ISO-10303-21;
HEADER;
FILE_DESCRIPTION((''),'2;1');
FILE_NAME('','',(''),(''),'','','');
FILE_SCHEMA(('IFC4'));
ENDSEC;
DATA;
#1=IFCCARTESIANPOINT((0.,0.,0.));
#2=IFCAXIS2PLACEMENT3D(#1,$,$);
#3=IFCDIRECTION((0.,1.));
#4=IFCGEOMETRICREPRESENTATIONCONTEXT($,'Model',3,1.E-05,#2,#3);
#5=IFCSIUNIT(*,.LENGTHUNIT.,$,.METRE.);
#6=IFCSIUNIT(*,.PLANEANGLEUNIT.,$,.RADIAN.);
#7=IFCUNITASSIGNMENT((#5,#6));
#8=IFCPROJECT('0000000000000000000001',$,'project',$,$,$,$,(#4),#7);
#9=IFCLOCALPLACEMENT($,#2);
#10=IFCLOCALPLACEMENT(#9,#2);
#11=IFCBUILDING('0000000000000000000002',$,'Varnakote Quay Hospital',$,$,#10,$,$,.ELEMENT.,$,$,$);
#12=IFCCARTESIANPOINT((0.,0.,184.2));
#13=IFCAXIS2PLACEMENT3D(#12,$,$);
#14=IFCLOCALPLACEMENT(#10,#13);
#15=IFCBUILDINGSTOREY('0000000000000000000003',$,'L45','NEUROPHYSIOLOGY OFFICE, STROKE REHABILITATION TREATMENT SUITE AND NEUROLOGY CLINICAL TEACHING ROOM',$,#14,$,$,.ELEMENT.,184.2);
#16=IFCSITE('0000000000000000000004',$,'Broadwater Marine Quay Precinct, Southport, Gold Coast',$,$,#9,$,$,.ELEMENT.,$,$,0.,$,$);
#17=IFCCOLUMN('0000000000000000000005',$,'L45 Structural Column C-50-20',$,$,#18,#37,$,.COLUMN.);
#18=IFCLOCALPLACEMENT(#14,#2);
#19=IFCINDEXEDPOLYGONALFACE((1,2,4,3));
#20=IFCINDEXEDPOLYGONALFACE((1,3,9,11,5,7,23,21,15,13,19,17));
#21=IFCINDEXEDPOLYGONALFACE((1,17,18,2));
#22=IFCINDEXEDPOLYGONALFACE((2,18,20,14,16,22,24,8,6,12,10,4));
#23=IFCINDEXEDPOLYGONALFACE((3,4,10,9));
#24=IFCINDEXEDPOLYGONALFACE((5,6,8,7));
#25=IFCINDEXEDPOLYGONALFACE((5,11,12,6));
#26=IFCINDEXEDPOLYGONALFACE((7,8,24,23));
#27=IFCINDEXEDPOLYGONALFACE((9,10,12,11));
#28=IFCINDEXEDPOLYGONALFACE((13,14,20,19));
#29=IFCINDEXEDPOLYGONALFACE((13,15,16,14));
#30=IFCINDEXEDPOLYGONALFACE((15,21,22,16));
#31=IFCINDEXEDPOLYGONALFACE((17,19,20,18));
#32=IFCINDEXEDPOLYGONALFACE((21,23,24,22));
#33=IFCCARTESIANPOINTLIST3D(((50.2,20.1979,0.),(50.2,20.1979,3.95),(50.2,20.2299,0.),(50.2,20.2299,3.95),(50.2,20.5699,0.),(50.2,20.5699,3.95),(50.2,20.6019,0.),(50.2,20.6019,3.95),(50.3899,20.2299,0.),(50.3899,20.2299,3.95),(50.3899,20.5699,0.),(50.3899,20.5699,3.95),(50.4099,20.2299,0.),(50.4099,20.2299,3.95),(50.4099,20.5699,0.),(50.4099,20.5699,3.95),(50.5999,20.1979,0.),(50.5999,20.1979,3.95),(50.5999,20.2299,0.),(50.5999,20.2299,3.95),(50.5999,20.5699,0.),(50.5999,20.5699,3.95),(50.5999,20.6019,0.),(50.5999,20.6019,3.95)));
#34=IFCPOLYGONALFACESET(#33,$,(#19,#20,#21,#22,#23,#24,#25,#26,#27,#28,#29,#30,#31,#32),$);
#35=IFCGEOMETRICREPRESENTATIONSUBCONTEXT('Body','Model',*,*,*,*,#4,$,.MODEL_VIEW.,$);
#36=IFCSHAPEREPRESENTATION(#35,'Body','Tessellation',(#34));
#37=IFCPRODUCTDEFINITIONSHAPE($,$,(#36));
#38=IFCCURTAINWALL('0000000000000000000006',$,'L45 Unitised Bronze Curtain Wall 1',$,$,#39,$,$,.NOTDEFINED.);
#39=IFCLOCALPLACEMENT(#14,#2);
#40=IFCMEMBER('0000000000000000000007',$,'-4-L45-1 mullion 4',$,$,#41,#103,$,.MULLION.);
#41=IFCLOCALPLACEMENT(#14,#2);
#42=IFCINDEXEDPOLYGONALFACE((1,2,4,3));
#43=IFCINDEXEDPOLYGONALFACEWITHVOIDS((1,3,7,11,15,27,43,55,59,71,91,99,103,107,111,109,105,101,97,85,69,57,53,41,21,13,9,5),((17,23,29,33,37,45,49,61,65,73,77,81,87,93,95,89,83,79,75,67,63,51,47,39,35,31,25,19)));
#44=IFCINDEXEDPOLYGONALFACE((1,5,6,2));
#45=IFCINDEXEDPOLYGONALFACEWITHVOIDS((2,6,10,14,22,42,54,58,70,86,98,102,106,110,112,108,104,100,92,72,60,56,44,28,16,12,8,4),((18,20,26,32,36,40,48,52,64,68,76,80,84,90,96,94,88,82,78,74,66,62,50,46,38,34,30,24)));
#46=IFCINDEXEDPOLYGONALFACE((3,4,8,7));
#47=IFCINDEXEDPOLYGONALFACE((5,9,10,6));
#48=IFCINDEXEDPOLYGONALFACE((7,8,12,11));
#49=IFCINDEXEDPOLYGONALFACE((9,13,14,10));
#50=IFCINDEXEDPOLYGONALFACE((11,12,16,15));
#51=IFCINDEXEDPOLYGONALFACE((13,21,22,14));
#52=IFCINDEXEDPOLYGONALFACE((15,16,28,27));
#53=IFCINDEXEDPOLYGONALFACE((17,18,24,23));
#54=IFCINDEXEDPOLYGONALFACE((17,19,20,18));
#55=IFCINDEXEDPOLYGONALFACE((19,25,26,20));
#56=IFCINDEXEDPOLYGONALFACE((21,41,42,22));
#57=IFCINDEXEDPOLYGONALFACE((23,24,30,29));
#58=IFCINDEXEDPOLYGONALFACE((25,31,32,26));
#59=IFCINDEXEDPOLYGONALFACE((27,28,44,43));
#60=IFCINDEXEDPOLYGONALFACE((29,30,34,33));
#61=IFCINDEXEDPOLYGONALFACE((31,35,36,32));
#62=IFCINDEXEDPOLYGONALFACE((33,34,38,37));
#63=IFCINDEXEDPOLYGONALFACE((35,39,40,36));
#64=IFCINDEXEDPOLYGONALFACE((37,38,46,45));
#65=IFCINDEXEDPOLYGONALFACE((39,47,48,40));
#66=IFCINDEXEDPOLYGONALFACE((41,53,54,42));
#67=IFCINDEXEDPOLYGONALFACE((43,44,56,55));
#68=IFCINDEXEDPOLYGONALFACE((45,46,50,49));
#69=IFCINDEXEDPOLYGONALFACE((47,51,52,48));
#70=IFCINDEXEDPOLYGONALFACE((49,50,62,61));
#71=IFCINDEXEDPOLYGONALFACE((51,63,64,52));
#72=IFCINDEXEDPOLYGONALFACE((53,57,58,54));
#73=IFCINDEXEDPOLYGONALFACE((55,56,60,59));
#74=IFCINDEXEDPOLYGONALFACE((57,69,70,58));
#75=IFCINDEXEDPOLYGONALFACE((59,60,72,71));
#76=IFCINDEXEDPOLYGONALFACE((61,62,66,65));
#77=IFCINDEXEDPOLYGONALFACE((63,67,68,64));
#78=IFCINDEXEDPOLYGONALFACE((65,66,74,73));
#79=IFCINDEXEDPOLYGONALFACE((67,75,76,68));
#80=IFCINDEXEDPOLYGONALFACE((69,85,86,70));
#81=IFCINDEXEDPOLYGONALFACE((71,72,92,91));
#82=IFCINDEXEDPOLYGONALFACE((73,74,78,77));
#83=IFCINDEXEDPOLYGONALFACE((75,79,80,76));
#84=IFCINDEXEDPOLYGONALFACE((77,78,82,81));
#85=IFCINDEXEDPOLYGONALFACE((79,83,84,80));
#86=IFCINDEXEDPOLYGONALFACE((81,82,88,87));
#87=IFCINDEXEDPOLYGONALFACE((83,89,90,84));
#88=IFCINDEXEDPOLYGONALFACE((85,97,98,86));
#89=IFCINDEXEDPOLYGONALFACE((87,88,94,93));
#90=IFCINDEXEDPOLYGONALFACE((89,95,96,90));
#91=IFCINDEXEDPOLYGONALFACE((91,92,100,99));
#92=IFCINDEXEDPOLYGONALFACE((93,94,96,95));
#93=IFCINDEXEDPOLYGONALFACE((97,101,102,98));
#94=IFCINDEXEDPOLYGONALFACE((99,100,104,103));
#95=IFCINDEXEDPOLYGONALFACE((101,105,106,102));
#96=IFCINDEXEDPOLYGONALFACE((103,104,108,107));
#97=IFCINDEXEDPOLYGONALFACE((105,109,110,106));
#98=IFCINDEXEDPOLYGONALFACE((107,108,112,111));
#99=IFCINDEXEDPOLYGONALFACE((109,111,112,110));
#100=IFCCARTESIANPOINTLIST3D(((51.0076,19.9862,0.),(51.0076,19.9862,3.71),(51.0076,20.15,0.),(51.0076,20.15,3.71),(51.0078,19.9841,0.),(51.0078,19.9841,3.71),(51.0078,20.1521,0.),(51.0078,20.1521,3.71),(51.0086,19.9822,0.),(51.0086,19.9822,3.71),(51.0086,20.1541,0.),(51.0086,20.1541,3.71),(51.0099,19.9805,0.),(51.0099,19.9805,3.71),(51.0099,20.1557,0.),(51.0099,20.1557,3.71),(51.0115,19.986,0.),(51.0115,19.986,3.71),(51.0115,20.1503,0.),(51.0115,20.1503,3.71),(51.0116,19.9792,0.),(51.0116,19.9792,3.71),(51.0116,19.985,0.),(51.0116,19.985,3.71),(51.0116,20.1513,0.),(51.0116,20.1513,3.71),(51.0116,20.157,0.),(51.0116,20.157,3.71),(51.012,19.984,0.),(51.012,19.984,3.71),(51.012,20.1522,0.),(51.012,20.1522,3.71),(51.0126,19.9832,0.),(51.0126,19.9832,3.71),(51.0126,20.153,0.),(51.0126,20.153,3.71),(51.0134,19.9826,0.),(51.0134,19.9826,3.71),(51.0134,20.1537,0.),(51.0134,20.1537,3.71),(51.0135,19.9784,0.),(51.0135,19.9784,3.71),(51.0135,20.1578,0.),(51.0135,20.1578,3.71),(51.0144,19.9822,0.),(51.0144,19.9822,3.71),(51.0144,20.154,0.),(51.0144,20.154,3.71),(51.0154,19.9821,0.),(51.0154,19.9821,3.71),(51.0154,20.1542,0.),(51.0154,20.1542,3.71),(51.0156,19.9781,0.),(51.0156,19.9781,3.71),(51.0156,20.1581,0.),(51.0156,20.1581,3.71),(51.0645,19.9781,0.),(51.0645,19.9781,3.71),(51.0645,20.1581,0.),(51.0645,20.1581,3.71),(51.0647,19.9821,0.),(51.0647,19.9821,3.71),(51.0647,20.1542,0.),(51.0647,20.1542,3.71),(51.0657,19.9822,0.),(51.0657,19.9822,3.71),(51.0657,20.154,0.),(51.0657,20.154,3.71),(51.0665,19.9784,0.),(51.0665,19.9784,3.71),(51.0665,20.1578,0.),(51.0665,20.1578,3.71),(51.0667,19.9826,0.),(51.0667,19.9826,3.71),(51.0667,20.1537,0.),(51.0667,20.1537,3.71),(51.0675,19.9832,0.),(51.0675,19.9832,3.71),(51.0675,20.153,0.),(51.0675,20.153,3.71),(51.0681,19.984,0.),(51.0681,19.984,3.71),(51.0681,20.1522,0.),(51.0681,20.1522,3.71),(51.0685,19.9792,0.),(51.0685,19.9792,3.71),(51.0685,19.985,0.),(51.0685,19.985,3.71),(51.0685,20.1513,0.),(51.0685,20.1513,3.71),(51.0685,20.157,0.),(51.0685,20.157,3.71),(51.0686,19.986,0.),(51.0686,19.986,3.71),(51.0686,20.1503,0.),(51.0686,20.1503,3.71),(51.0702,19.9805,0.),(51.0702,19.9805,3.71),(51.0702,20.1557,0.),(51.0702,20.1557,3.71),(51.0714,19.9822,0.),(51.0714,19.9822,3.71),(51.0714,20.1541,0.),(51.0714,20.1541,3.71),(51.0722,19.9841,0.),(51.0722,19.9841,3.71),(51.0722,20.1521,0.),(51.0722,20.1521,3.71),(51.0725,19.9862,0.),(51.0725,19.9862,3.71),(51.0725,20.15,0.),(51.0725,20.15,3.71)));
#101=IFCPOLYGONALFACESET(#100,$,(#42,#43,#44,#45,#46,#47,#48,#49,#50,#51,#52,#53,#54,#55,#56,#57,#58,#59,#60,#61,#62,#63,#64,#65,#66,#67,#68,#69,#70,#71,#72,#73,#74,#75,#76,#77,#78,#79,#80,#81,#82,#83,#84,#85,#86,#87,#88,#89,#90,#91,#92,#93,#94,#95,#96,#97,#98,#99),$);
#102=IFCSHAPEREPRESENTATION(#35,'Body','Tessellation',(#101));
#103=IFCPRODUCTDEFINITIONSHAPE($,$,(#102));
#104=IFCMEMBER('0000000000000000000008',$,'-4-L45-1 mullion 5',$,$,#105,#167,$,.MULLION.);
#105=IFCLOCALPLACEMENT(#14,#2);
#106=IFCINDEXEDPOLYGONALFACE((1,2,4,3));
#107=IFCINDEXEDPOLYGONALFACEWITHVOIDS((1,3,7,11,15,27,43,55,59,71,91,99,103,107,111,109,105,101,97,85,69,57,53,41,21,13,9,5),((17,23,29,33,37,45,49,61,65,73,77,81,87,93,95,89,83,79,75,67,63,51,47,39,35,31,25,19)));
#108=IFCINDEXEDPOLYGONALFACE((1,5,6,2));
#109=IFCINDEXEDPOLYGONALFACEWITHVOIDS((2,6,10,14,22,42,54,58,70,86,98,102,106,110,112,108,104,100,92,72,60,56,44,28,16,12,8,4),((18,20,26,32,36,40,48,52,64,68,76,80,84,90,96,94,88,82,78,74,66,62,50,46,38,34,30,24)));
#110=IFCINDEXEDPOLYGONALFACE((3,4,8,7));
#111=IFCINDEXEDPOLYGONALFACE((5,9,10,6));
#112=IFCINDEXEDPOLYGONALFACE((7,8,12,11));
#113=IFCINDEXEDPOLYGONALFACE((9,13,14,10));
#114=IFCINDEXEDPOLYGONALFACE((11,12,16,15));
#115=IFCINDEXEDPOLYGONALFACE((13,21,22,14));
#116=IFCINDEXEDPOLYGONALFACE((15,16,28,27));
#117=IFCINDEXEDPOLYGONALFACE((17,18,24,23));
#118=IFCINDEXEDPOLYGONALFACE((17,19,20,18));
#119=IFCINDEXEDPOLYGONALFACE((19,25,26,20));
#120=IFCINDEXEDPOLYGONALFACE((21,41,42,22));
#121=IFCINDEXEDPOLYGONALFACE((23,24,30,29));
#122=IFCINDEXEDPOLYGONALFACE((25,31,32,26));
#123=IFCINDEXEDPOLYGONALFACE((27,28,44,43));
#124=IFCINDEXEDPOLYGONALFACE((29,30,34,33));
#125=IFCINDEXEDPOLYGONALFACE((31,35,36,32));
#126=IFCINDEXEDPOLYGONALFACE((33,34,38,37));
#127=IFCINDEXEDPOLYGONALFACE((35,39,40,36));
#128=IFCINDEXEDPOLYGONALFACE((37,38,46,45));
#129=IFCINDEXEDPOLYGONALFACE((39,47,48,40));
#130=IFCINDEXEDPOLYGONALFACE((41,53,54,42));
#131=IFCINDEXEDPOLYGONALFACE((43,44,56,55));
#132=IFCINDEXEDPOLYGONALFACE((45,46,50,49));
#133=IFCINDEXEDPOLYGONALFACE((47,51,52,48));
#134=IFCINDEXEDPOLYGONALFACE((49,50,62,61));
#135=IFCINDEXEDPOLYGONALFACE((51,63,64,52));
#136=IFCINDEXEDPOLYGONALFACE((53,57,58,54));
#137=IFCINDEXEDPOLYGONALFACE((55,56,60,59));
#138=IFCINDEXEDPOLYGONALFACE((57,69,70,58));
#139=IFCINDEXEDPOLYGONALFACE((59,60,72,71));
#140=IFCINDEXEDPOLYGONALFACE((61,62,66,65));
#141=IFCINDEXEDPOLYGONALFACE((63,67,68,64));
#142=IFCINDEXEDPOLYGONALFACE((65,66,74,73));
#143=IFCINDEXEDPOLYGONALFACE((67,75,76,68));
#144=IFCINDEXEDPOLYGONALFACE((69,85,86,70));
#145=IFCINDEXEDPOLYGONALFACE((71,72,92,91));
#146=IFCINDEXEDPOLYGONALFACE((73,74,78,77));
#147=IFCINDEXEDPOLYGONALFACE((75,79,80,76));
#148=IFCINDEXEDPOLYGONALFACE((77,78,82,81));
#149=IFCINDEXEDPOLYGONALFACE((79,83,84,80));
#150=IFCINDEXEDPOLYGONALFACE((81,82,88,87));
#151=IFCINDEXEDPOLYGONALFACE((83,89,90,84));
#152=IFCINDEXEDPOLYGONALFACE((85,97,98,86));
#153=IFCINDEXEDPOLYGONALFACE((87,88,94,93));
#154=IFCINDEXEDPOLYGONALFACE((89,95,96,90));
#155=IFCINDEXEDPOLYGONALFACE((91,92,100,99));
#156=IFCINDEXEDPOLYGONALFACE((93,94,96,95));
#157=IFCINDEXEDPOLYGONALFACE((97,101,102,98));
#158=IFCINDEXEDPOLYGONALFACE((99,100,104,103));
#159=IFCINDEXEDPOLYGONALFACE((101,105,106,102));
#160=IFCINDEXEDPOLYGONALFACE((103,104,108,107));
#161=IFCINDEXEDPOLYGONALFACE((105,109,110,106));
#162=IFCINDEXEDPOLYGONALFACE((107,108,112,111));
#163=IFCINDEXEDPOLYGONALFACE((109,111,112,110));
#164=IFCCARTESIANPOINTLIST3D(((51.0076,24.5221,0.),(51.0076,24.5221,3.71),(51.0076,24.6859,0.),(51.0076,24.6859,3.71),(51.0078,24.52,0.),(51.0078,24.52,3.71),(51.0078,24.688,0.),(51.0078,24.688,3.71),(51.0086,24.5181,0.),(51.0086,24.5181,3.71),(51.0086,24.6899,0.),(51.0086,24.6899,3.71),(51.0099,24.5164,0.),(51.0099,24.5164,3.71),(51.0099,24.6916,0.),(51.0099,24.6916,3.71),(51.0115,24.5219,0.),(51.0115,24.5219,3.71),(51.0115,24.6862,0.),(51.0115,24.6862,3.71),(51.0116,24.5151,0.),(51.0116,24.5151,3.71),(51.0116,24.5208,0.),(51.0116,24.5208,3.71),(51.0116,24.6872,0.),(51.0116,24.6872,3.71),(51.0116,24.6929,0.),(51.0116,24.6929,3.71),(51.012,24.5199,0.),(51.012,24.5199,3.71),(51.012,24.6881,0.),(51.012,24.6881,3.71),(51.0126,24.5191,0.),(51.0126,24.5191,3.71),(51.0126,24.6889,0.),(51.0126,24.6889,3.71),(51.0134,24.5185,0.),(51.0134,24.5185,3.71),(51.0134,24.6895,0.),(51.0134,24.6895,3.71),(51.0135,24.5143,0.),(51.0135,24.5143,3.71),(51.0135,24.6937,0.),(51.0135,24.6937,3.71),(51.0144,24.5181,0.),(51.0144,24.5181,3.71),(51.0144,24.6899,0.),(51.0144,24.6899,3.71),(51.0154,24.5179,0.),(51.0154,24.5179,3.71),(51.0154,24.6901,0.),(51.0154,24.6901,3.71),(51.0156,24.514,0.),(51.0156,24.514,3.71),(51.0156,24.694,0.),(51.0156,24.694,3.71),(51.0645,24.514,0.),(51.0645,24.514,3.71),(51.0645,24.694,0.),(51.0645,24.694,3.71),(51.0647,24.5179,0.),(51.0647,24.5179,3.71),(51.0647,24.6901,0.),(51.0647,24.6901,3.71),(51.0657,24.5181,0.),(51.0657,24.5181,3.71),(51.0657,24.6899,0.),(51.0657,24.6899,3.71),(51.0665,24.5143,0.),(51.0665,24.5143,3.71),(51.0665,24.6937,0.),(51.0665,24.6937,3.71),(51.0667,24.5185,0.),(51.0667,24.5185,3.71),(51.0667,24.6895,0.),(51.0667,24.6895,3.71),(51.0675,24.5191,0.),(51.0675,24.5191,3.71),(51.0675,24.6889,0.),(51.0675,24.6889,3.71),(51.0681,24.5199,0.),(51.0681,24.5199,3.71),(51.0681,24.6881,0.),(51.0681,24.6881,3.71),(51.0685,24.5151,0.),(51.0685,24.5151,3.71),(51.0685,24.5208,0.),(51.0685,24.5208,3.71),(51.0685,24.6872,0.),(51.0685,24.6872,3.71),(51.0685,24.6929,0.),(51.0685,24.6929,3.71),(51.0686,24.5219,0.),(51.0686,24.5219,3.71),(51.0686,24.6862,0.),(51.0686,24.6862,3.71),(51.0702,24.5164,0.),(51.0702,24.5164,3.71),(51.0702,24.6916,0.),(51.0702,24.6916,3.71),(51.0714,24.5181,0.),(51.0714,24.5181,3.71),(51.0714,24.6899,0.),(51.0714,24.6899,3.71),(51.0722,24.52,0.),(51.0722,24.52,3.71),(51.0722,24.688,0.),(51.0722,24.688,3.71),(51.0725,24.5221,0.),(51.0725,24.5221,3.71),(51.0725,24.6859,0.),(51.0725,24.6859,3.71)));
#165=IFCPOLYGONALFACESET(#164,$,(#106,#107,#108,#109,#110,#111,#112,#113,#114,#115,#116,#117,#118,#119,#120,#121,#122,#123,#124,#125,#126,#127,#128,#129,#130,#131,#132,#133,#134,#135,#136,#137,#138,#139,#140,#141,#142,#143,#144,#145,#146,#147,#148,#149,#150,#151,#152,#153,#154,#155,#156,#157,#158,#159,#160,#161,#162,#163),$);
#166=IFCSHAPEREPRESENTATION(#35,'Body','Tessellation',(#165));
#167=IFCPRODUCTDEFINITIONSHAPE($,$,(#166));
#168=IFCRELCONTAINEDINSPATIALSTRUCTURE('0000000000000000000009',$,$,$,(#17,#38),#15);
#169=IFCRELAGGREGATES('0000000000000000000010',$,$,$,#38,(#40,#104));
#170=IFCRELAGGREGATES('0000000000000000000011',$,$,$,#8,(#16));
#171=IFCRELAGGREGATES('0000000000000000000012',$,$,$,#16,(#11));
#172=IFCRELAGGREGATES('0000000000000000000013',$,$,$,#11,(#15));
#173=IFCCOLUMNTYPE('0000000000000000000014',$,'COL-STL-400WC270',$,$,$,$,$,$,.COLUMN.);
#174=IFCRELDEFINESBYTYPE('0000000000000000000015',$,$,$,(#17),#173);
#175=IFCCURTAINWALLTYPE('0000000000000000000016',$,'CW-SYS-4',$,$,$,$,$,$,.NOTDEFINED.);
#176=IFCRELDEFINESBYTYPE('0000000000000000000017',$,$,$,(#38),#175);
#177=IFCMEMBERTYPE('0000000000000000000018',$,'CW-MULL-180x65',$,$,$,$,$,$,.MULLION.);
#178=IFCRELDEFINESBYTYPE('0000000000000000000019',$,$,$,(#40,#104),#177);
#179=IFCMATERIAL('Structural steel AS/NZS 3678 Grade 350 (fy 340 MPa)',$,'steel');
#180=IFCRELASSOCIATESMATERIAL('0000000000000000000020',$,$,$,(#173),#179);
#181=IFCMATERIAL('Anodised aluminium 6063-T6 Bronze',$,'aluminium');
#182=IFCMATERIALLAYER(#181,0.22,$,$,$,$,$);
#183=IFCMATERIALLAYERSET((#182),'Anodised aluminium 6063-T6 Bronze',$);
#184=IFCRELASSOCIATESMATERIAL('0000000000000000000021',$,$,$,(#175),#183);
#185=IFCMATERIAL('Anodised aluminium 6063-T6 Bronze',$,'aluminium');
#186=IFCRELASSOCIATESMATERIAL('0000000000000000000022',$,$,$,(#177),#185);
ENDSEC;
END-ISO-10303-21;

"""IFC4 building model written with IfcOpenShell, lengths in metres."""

from ifc_helpers import new_model, si_unit, direction, frame, origin, origin_2d, place, context, subcontext, project, spatial, hollow_rectangle, i_section, extrude, material, layer, layer_set, material_profile, profile_set, type_object, element, aggregate, save


model = new_model("IFC4")

# Units and contexts
model_context = context("Model", 3, precision=1e-05, world=origin(), true_north=direction((0.0, 1.0)))
body_context = subcontext(model_context, "Body", "Model", "MODEL_VIEW")
ifc_project = project(units=[si_unit("LENGTHUNIT", "METRE"), si_unit("PLANEANGLEUNIT", "RADIAN")], contexts=[model_context])

# Site, building, storey
site_placement = place(None, origin())
site = spatial("IfcSite", under=ifc_project, at=site_placement, Name="Broadwater Marine Quay Precinct, Southport, Gold Coast", CompositionType="ELEMENT", RefElevation=0.0)
building_placement = place(site_placement, origin())
building = spatial("IfcBuilding", under=site, at=building_placement, Name="Varnakote Quay Hospital", CompositionType="ELEMENT")
storey_placement = place(building_placement, frame((0.0, 0.0, 184.2)))
storey = spatial("IfcBuildingStorey", under=building, at=storey_placement, Name="L45", Description="NEUROPHYSIOLOGY OFFICE, STROKE REHABILITATION TREATMENT SUITE AND NEUROLOGY CLINICAL TEACHING ROOM", CompositionType="ELEMENT", Elevation=184.2)

# Column
ifc_material_1 = material(Name="Structural steel AS/NZS 3678 Grade 350 (fy 340 MPa)", Category="steel")
ifc_material_profile_1 = material_profile(ifc_material_1, i_section(OverallWidth=0.3999, OverallDepth=0.4041, WebThickness=0.02, FlangeThickness=0.032, at=origin_2d()), Name="400WC270")
ifc_profile_set_1 = profile_set([ifc_material_profile_1], Name="Structural steel AS/NZS 3678 Grade 350 (fy 340 MPa)")
column_type = type_object("IfcColumnType", Name="COL-STL-400WC270", PredefinedType="COLUMN", material=ifc_profile_set_1)
column_placement = place(storey_placement, frame((50.3999, 20.3999, 0.0), z_axis=(0.0, 0.0, 1.0), x_axis=(1.0, 0.0, 0.0)))
element("IfcColumn", 1, at=column_placement, inside=storey, type_object=column_type, Name="L45 Structural Column C-50-20", PredefinedType="COLUMN", context=body_context, shape_type="SweptSolid", body=[
    extrude(i_section(OverallWidth=0.3999, OverallDepth=0.4041, WebThickness=0.02, FlangeThickness=0.032, at=origin_2d()), origin(), (0.0, 0.0, 1.0), 3.95),
])

# Curtain wall, members
ifc_material_2 = material(Name="Anodised aluminium 6063-T6 Bronze", Category="aluminium")
ifc_layer_1 = layer(ifc_material_2, 0.22)
ifc_layer_set_1 = layer_set([ifc_layer_1], Name="Anodised aluminium 6063-T6 Bronze")
curtain_wall_type = type_object("IfcCurtainWallType", Name="CW-SYS-4", PredefinedType="NOTDEFINED", material=ifc_layer_set_1)
curtain_wall_placement = place(storey_placement, origin())
curtain_wall = element("IfcCurtainWall", 2, at=curtain_wall_placement, inside=storey, type_object=curtain_wall_type, Name="L45 Unitised Bronze Curtain Wall 1", PredefinedType="NOTDEFINED")
ifc_material_3 = material(Name="Anodised aluminium 6063-T6 Bronze", Category="aluminium")
ifc_material_profile_2 = material_profile(ifc_material_3, hollow_rectangle(XDim=0.0649, YDim=0.1799, WallThickness=0.0039, InnerFilletRadius=0.0039, OuterFilletRadius=0.0081, at=origin_2d()), Name="CW-MULL-180x65")
ifc_profile_set_2 = profile_set([ifc_material_profile_2], Name="Anodised aluminium 6063-T6 Bronze")
member_type_1 = type_object("IfcMemberType", Name="CW-MULL-180x65", PredefinedType="MULLION", material=ifc_profile_set_2)
member_1_placement = place(storey_placement, frame((51.04, 20.0681, 0.0), z_axis=(0.0, 0.0, 1.0), x_axis=(-1.0, 0.0, 0.0)))
member_1 = element("IfcMember", 3, at=member_1_placement, type_object=member_type_1, Name="-4-L45-1 mullion 4", PredefinedType="MULLION", context=body_context, shape_type="SweptSolid", body=[
    extrude(hollow_rectangle(XDim=0.0649, YDim=0.1799, WallThickness=0.0039, InnerFilletRadius=0.0039, OuterFilletRadius=0.0081, at=origin_2d()), origin(), (0.0, 0.0, 1.0), 3.71),
])
member_2_placement = place(storey_placement, frame((51.04, 24.604, 0.0), z_axis=(0.0, 0.0, 1.0), x_axis=(-1.0, 0.0, 0.0)))
member_2 = element("IfcMember", 4, at=member_2_placement, type_object=member_type_1, Name="-4-L45-1 mullion 5", PredefinedType="MULLION", context=body_context, shape_type="SweptSolid", body=[
    extrude(hollow_rectangle(XDim=0.0649, YDim=0.1799, WallThickness=0.0039, InnerFilletRadius=0.0039, OuterFilletRadius=0.0081, at=origin_2d()), origin(), (0.0, 0.0, 1.0), 3.71),
])
aggregate(curtain_wall, [member_1, member_2])

save(model, "model.ifc")
